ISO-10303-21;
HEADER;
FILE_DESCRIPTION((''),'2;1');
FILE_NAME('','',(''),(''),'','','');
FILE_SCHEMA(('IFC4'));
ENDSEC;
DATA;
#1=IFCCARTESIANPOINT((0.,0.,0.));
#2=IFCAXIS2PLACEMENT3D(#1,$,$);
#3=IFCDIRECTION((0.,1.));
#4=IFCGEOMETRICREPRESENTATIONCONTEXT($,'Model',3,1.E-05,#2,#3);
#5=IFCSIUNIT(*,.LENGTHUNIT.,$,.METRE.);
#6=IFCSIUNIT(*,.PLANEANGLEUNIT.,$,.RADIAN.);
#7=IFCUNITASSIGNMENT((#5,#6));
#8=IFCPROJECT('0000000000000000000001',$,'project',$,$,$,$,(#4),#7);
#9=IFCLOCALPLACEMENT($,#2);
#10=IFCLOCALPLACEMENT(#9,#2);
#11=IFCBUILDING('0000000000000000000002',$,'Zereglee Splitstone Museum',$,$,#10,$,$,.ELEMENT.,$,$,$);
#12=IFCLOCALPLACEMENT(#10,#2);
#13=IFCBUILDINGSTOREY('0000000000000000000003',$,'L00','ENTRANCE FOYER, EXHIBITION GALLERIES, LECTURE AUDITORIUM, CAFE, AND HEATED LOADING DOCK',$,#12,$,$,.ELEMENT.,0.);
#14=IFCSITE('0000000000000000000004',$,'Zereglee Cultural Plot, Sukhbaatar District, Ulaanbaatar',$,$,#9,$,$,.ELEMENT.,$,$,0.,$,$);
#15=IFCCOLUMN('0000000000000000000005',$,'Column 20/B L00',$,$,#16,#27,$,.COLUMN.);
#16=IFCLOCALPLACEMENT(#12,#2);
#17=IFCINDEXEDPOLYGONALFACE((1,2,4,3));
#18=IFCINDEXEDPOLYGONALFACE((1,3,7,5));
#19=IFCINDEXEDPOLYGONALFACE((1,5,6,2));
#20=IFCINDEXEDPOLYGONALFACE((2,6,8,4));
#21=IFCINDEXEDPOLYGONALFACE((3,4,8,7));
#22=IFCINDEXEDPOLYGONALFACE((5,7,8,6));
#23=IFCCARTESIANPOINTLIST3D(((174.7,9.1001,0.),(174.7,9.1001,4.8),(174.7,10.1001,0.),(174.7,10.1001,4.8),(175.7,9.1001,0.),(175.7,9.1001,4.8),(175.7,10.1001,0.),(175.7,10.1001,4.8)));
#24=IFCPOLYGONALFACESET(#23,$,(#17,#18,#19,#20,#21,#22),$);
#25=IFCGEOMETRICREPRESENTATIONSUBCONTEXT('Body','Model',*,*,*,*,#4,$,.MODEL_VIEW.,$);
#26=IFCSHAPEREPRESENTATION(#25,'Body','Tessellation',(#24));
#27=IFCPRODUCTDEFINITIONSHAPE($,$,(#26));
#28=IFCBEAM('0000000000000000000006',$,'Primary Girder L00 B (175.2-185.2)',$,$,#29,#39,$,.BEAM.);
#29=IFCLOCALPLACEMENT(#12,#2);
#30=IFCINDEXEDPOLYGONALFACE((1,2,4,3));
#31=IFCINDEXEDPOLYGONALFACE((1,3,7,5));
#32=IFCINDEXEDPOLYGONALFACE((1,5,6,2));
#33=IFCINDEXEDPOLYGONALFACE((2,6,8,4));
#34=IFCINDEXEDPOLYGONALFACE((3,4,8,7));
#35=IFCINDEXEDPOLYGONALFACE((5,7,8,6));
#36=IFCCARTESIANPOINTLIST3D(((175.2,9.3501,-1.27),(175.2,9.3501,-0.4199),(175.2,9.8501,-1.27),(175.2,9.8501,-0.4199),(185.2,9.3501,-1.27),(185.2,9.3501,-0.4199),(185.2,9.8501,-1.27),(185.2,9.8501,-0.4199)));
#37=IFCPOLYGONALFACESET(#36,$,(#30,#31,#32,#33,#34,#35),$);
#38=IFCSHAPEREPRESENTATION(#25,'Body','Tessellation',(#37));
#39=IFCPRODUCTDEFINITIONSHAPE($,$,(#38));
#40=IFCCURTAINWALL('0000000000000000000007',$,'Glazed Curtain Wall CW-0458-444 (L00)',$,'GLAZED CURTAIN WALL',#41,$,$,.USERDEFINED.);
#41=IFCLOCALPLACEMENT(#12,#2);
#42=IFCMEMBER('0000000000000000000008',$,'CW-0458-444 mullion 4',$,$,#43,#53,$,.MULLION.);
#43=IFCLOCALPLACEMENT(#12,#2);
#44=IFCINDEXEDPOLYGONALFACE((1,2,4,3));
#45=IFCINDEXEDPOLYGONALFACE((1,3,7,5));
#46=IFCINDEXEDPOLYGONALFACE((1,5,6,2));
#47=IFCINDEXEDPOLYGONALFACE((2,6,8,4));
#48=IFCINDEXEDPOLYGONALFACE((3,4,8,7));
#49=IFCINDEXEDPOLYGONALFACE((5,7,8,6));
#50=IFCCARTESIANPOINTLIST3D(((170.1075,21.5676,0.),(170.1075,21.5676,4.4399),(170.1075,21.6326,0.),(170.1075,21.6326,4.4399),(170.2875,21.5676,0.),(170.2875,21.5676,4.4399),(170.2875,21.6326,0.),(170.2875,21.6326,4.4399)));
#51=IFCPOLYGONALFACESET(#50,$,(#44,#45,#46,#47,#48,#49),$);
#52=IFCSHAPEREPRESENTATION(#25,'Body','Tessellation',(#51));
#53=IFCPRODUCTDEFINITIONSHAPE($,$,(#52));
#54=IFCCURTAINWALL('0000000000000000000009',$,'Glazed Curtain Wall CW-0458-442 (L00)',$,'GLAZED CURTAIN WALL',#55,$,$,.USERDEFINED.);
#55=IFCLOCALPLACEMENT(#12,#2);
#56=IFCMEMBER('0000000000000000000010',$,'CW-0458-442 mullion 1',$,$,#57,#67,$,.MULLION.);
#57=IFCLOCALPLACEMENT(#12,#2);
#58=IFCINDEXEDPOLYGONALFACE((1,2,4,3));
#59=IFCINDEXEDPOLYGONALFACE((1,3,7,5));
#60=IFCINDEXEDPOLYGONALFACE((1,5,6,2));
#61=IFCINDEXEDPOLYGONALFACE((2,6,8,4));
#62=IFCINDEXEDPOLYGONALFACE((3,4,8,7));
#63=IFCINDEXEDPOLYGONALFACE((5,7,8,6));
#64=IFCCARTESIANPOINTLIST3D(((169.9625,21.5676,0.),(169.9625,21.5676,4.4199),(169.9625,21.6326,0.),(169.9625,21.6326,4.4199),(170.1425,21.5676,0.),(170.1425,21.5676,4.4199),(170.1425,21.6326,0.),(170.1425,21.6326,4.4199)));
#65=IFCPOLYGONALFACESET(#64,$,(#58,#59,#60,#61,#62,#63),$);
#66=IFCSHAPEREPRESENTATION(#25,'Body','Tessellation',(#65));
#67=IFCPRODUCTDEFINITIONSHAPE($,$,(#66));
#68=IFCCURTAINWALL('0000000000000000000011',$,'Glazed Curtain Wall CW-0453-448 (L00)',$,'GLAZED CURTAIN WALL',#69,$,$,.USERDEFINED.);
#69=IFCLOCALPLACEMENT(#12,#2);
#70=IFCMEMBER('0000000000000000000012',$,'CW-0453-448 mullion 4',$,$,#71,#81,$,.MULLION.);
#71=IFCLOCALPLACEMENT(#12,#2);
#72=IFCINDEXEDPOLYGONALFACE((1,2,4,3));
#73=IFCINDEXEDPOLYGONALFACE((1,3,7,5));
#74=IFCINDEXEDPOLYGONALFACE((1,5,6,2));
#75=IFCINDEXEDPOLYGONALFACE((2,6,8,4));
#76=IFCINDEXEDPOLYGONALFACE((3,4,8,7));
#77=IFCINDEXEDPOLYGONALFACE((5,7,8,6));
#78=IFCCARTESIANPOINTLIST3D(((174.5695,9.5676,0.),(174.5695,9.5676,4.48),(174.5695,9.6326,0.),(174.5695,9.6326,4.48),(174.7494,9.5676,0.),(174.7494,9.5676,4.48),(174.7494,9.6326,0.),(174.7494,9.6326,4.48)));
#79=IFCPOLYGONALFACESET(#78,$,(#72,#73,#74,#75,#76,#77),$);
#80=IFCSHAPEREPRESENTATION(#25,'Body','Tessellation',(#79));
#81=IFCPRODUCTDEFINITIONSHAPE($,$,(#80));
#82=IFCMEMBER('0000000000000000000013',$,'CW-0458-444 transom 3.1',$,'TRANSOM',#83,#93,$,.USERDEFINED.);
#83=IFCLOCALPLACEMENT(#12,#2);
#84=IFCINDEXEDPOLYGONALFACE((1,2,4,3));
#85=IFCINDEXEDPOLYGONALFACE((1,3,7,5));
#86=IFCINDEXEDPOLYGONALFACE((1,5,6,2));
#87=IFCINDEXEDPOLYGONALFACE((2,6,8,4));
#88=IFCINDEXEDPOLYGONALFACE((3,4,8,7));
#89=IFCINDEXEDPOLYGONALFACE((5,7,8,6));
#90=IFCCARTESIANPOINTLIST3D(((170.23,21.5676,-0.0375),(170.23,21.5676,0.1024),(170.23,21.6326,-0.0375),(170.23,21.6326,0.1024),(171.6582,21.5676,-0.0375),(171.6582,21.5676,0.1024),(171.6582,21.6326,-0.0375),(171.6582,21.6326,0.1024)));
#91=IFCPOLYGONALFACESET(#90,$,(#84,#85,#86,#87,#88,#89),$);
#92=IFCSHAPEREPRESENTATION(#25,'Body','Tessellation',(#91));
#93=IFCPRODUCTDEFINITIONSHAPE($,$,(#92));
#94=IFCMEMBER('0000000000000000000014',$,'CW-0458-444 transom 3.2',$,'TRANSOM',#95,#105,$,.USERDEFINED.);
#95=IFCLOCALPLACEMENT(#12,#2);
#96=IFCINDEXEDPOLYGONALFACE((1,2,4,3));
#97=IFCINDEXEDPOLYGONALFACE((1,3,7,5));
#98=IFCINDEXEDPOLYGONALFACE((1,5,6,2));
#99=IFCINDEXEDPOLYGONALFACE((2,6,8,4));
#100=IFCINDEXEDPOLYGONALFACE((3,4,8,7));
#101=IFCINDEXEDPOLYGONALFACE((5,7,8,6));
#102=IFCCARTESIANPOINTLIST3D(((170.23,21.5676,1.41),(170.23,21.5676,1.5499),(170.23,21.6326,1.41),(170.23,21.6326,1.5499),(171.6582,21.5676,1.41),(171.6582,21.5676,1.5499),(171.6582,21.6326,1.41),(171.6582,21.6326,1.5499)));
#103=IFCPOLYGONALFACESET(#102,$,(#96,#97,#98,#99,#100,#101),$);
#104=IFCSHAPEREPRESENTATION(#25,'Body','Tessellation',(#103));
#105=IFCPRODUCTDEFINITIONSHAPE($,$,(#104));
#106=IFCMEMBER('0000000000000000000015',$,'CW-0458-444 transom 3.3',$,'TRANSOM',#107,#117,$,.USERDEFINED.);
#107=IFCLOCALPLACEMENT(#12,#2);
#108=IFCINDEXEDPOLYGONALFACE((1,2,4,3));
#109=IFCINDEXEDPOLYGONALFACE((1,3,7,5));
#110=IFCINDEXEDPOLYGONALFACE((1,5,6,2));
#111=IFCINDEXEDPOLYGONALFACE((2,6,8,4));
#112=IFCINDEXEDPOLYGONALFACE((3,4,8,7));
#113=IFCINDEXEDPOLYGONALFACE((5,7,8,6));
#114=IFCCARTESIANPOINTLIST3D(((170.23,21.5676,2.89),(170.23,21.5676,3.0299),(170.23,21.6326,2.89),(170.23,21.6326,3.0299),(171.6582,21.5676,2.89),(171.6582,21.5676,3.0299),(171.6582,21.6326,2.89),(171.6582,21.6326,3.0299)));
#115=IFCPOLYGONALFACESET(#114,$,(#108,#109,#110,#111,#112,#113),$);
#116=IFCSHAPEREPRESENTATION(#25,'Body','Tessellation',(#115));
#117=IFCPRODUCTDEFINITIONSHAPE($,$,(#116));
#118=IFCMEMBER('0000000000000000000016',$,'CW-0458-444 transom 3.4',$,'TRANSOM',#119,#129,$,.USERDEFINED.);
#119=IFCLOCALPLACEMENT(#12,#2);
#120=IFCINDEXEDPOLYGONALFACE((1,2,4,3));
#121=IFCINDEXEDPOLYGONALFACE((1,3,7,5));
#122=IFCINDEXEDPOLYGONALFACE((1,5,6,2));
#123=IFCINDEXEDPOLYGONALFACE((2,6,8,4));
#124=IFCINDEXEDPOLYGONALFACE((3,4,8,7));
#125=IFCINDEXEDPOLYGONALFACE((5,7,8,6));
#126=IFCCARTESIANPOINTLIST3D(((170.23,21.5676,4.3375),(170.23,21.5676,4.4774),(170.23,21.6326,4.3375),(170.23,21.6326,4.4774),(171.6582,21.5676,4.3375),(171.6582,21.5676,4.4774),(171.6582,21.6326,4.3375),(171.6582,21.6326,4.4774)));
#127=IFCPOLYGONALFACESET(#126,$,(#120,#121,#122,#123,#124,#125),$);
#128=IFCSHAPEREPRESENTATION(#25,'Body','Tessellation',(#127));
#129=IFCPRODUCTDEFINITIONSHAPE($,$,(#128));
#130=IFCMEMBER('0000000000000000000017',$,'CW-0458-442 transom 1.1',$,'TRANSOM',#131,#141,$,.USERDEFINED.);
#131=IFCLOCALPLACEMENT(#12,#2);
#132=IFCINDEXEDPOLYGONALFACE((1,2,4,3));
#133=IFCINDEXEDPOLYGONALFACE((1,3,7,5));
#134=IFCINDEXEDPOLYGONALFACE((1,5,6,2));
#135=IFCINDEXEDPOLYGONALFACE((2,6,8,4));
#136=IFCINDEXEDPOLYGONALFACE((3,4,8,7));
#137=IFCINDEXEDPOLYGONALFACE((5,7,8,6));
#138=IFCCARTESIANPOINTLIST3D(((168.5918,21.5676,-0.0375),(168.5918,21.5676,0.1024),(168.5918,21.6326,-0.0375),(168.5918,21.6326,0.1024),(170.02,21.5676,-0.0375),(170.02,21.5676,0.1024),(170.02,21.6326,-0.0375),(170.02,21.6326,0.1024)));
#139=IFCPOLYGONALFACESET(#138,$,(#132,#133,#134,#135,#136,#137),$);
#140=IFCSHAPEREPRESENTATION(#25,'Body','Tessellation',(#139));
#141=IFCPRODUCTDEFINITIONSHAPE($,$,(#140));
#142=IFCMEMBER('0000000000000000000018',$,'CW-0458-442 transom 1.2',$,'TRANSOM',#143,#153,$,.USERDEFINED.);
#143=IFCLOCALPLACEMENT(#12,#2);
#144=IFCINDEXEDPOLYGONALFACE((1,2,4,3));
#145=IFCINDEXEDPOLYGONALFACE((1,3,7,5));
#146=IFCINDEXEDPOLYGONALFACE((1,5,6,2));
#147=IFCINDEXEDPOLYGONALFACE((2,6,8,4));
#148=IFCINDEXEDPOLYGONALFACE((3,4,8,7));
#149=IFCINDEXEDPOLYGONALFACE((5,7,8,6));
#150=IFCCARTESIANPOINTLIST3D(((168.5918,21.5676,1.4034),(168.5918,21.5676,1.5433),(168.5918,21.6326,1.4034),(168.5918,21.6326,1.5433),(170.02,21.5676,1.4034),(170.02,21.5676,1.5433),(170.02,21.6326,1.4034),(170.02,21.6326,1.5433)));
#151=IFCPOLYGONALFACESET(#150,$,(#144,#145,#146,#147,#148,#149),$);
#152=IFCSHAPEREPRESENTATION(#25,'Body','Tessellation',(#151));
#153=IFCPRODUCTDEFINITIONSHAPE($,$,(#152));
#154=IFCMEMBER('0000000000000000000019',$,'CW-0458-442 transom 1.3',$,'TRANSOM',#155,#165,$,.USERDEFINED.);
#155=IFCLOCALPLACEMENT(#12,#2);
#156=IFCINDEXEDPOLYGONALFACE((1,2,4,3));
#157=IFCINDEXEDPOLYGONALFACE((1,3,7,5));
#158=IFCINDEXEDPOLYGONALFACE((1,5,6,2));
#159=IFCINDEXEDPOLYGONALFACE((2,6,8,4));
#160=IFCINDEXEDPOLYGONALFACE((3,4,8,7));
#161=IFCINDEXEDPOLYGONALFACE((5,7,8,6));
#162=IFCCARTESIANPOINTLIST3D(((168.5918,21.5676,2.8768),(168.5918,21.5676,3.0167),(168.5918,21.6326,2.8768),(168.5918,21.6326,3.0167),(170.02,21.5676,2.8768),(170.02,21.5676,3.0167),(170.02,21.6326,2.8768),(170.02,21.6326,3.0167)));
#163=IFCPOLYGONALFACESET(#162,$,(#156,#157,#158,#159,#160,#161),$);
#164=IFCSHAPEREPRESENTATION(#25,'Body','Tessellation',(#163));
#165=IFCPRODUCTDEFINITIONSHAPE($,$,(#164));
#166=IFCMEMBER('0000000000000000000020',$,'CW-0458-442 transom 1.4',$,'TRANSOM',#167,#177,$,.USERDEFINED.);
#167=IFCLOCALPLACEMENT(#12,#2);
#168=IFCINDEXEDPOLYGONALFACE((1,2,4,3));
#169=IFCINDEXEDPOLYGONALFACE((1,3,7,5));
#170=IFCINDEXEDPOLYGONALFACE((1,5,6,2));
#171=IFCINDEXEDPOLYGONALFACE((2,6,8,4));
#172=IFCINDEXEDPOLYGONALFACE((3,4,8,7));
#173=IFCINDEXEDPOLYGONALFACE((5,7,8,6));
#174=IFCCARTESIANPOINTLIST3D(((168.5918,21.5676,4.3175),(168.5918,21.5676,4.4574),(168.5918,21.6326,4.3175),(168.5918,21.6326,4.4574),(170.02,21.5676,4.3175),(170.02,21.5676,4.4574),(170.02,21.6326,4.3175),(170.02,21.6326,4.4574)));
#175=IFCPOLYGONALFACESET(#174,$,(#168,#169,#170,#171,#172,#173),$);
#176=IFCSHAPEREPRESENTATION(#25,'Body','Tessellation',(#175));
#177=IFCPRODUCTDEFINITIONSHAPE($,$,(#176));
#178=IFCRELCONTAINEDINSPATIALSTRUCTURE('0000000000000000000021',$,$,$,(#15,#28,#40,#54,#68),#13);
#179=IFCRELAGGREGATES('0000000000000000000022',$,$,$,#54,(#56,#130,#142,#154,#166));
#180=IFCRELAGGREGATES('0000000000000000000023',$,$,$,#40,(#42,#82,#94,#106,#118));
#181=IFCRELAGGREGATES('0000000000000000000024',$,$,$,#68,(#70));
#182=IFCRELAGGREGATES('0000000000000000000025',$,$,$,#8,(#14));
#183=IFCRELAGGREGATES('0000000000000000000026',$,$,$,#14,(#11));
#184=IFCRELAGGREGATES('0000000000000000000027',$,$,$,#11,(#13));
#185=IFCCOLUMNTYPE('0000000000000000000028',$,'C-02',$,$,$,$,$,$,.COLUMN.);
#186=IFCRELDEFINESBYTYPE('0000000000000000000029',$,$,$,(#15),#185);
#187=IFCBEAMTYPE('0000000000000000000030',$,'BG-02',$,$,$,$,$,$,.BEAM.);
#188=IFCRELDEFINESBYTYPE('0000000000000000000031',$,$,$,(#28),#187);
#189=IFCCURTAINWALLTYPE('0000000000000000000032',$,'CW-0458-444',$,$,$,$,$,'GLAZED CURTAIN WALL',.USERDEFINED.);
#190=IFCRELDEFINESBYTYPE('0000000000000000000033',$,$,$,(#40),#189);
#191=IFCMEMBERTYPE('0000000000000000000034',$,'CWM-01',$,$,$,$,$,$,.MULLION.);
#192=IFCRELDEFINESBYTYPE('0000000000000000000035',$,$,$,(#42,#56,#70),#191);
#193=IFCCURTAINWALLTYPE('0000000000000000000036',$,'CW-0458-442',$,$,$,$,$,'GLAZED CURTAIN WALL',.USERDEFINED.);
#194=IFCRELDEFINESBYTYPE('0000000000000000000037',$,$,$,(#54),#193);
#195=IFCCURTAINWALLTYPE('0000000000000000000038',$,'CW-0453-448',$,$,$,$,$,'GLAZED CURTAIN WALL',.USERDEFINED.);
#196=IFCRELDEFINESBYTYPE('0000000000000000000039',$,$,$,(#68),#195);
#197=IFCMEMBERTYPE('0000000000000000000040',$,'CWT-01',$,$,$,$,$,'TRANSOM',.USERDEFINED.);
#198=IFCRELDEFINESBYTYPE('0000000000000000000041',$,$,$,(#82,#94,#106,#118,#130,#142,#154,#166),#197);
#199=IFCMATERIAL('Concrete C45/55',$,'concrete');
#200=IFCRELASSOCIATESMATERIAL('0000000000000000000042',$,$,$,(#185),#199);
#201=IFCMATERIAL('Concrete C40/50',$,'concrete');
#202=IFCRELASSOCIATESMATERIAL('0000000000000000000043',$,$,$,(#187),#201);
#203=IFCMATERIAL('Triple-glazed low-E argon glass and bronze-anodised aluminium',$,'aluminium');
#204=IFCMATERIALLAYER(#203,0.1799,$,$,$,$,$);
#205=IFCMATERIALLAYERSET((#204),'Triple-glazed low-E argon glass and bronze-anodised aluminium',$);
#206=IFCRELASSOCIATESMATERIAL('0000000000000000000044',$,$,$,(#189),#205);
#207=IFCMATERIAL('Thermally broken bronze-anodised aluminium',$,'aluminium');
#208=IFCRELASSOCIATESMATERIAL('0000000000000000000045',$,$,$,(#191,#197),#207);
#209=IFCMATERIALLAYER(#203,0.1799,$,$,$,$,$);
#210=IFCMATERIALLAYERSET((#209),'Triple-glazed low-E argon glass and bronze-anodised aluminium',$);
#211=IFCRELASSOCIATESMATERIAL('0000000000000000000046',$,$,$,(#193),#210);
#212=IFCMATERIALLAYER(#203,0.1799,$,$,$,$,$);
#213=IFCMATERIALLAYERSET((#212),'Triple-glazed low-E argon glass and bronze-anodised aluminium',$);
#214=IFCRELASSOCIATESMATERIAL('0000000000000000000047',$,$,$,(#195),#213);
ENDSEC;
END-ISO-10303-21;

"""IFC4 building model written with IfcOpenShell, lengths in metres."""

from ifc_helpers import new_model, si_unit, direction, frame, origin, origin_2d, place, context, subcontext, project, spatial, rectangle, extrude, material, layer, layer_set, material_profile, profile_set, type_object, element, aggregate, save


model = new_model("IFC4")

# Units and contexts
model_context = context("Model", 3, precision=1e-05, world=origin(), true_north=direction((0.0, 1.0)))
body_context = subcontext(model_context, "Body", "Model", "MODEL_VIEW")
ifc_project = project(units=[si_unit("LENGTHUNIT", "METRE"), si_unit("PLANEANGLEUNIT", "RADIAN")], contexts=[model_context])

# Site, building, storey
site_placement = place(None, origin())
site = spatial("IfcSite", under=ifc_project, at=site_placement, Name="Zereglee Cultural Plot, Sukhbaatar District, Ulaanbaatar", CompositionType="ELEMENT", RefElevation=0.0)
building_placement = place(site_placement, origin())
building = spatial("IfcBuilding", under=site, at=building_placement, Name="Zereglee Splitstone Museum", CompositionType="ELEMENT")
storey_placement = place(building_placement, origin())
storey = spatial("IfcBuildingStorey", under=building, at=storey_placement, Name="L00", Description="ENTRANCE FOYER, EXHIBITION GALLERIES, LECTURE AUDITORIUM, CAFE, AND HEATED LOADING DOCK", CompositionType="ELEMENT", Elevation=0.0)

# Column
ifc_material_1 = material(Name="Concrete C45/55", Category="concrete")
ifc_material_profile_1 = material_profile(ifc_material_1, rectangle(XDim=1.0, YDim=1.0, at=origin_2d()), Name="RC 1000x1000")
ifc_profile_set_1 = profile_set([ifc_material_profile_1], Name="Concrete C45/55")
column_type = type_object("IfcColumnType", Name="C-02", PredefinedType="COLUMN", material=ifc_profile_set_1)
column_placement = place(storey_placement, frame((175.2, 9.6001, 0.0), z_axis=(0.0, 0.0, 1.0), x_axis=(1.0, 0.0, 0.0)))
element("IfcColumn", 1, at=column_placement, inside=storey, type_object=column_type, Name="Column 20/B L00", PredefinedType="COLUMN", context=body_context, shape_type="SweptSolid", body=[
    extrude(rectangle(XDim=1.0, YDim=1.0, at=origin_2d()), origin(), (0.0, 0.0, 1.0), 4.8),
])

# Beam
ifc_material_2 = material(Name="Concrete C40/50", Category="concrete")
ifc_material_profile_2 = material_profile(ifc_material_2, rectangle(XDim=0.5, YDim=0.8501, at=origin_2d()), Name="RC 500x850")
ifc_profile_set_2 = profile_set([ifc_material_profile_2], Name="Concrete C40/50")
beam_type_1 = type_object("IfcBeamType", Name="BG-02", PredefinedType="BEAM", material=ifc_profile_set_2)
beam_1_placement = place(storey_placement, frame((175.2, 9.6001, -0.845), z_axis=(1.0, 0.0, 0.0), x_axis=(0.0, 1.0, 0.0)))
element("IfcBeam", 2, at=beam_1_placement, inside=storey, type_object=beam_type_1, Name="Primary Girder L00 B (175.2-185.2)", PredefinedType="BEAM", context=body_context, shape_type="SweptSolid", body=[
    extrude(rectangle(XDim=0.5, YDim=0.8501, at=origin_2d()), origin(), (0.0, 0.0, 1.0), 10.0),
])

# Curtain walls, members
ifc_material_3 = material(Name="Triple-glazed low-E argon glass and bronze-anodised aluminium", Category="aluminium")
ifc_layer_1 = layer(ifc_material_3, 0.1799)
ifc_layer_set_1 = layer_set([ifc_layer_1], Name="Triple-glazed low-E argon glass and bronze-anodised aluminium")
curtain_wall_type_1 = type_object("IfcCurtainWallType", Name="CW-0458-444", ElementType="GLAZED CURTAIN WALL", PredefinedType="USERDEFINED", material=ifc_layer_set_1)
curtain_wall_1_placement = place(storey_placement, origin())
curtain_wall_1 = element("IfcCurtainWall", 3, at=curtain_wall_1_placement, inside=storey, type_object=curtain_wall_type_1, Name="Glazed Curtain Wall CW-0458-444 (L00)", ObjectType="GLAZED CURTAIN WALL", PredefinedType="USERDEFINED")
ifc_material_4 = material(Name="Thermally broken bronze-anodised aluminium", Category="aluminium")
ifc_material_profile_3 = material_profile(ifc_material_4, rectangle(XDim=0.0649, YDim=0.1799, at=origin_2d()), Name="CW MULL 65x180")
ifc_profile_set_3 = profile_set([ifc_material_profile_3], Name="Thermally broken bronze-anodised aluminium")
member_type_1 = type_object("IfcMemberType", Name="CWM-01", PredefinedType="MULLION", material=ifc_profile_set_3)
member_1_placement = place(storey_placement, frame((170.1975, 21.6001, 0.0), z_axis=(0.0, 0.0, 1.0), x_axis=(0.0, -1.0, 0.0)))
member_1 = element("IfcMember", 4, at=member_1_placement, type_object=member_type_1, Name="CW-0458-444 mullion 4", PredefinedType="MULLION", context=body_context, shape_type="SweptSolid", body=[
    extrude(rectangle(XDim=0.0649, YDim=0.1799, at=origin_2d()), origin(), (0.0, 0.0, 1.0), 4.4399),
])
ifc_layer_2 = layer(ifc_material_3, 0.1799)
ifc_layer_set_2 = layer_set([ifc_layer_2], Name="Triple-glazed low-E argon glass and bronze-anodised aluminium")
curtain_wall_type_2 = type_object("IfcCurtainWallType", Name="CW-0458-442", ElementType="GLAZED CURTAIN WALL", PredefinedType="USERDEFINED", material=ifc_layer_set_2)
curtain_wall_2_placement = place(storey_placement, origin())
curtain_wall_2 = element("IfcCurtainWall", 5, at=curtain_wall_2_placement, inside=storey, type_object=curtain_wall_type_2, Name="Glazed Curtain Wall CW-0458-442 (L00)", ObjectType="GLAZED CURTAIN WALL", PredefinedType="USERDEFINED")
member_2_placement = place(storey_placement, frame((170.0525, 21.6001, 0.0), z_axis=(0.0, 0.0, 1.0), x_axis=(0.0, -1.0, 0.0)))
member_2 = element("IfcMember", 6, at=member_2_placement, type_object=member_type_1, Name="CW-0458-442 mullion 1", PredefinedType="MULLION", context=body_context, shape_type="SweptSolid", body=[
    extrude(rectangle(XDim=0.0649, YDim=0.1799, at=origin_2d()), origin(), (0.0, 0.0, 1.0), 4.4199),
])
ifc_layer_3 = layer(ifc_material_3, 0.1799)
ifc_layer_set_3 = layer_set([ifc_layer_3], Name="Triple-glazed low-E argon glass and bronze-anodised aluminium")
curtain_wall_type_3 = type_object("IfcCurtainWallType", Name="CW-0453-448", ElementType="GLAZED CURTAIN WALL", PredefinedType="USERDEFINED", material=ifc_layer_set_3)
curtain_wall_3_placement = place(storey_placement, origin())
curtain_wall_3 = element("IfcCurtainWall", 7, at=curtain_wall_3_placement, inside=storey, type_object=curtain_wall_type_3, Name="Glazed Curtain Wall CW-0453-448 (L00)", ObjectType="GLAZED CURTAIN WALL", PredefinedType="USERDEFINED")
member_3_placement = place(storey_placement, frame((174.6594, 9.6001, 0.0), z_axis=(0.0, 0.0, 1.0), x_axis=(0.0, 1.0, 0.0)))
member_3 = element("IfcMember", 8, at=member_3_placement, type_object=member_type_1, Name="CW-0453-448 mullion 4", PredefinedType="MULLION", context=body_context, shape_type="SweptSolid", body=[
    extrude(rectangle(XDim=0.0649, YDim=0.1799, at=origin_2d()), origin(), (0.0, 0.0, 1.0), 4.48),
])

# Members
ifc_material_profile_4 = material_profile(ifc_material_4, rectangle(XDim=0.0649, YDim=0.1399, at=origin_2d()), Name="CW TRAN 65x140")
ifc_profile_set_4 = profile_set([ifc_material_profile_4], Name="Thermally broken bronze-anodised aluminium")
member_type_2 = type_object("IfcMemberType", Name="CWT-01", ElementType="TRANSOM", PredefinedType="USERDEFINED", material=ifc_profile_set_4)
member_4_placement = place(storey_placement, frame((171.6582, 21.6001, 0.0325), z_axis=(-1.0, 0.0, 0.0), x_axis=(0.0, -1.0, 0.0)))
member_4 = element("IfcMember", 9, at=member_4_placement, type_object=member_type_2, Name="CW-0458-444 transom 3.1", ObjectType="TRANSOM", PredefinedType="USERDEFINED", context=body_context, shape_type="SweptSolid", body=[
    extrude(rectangle(XDim=0.0649, YDim=0.1399, at=origin_2d()), origin(), (0.0, 0.0, 1.0), 1.4282),
])
member_5_placement = place(storey_placement, frame((171.6582, 21.6001, 1.48), z_axis=(-1.0, 0.0, 0.0), x_axis=(0.0, -1.0, 0.0)))
member_5 = element("IfcMember", 10, at=member_5_placement, type_object=member_type_2, Name="CW-0458-444 transom 3.2", ObjectType="TRANSOM", PredefinedType="USERDEFINED", context=body_context, shape_type="SweptSolid", body=[
    extrude(rectangle(XDim=0.0649, YDim=0.1399, at=origin_2d()), origin(), (0.0, 0.0, 1.0), 1.4282),
])
member_6_placement = place(storey_placement, frame((171.6582, 21.6001, 2.96), z_axis=(-1.0, 0.0, 0.0), x_axis=(0.0, -1.0, 0.0)))
member_6 = element("IfcMember", 11, at=member_6_placement, type_object=member_type_2, Name="CW-0458-444 transom 3.3", ObjectType="TRANSOM", PredefinedType="USERDEFINED", context=body_context, shape_type="SweptSolid", body=[
    extrude(rectangle(XDim=0.0649, YDim=0.1399, at=origin_2d()), origin(), (0.0, 0.0, 1.0), 1.4282),
])
member_7_placement = place(storey_placement, frame((171.6582, 21.6001, 4.4075), z_axis=(-1.0, 0.0, 0.0), x_axis=(0.0, -1.0, 0.0)))
member_7 = element("IfcMember", 12, at=member_7_placement, type_object=member_type_2, Name="CW-0458-444 transom 3.4", ObjectType="TRANSOM", PredefinedType="USERDEFINED", context=body_context, shape_type="SweptSolid", body=[
    extrude(rectangle(XDim=0.0649, YDim=0.1399, at=origin_2d()), origin(), (0.0, 0.0, 1.0), 1.4282),
])
member_8_placement = place(storey_placement, frame((170.02, 21.6001, 0.0325), z_axis=(-1.0, 0.0, 0.0), x_axis=(0.0, -1.0, 0.0)))
member_8 = element("IfcMember", 13, at=member_8_placement, type_object=member_type_2, Name="CW-0458-442 transom 1.1", ObjectType="TRANSOM", PredefinedType="USERDEFINED", context=body_context, shape_type="SweptSolid", body=[
    extrude(rectangle(XDim=0.0649, YDim=0.1399, at=origin_2d()), origin(), (0.0, 0.0, 1.0), 1.4282),
])
member_9_placement = place(storey_placement, frame((170.02, 21.6001, 1.4734), z_axis=(-1.0, 0.0, 0.0), x_axis=(0.0, -1.0, 0.0)))
member_9 = element("IfcMember", 14, at=member_9_placement, type_object=member_type_2, Name="CW-0458-442 transom 1.2", ObjectType="TRANSOM", PredefinedType="USERDEFINED", context=body_context, shape_type="SweptSolid", body=[
    extrude(rectangle(XDim=0.0649, YDim=0.1399, at=origin_2d()), origin(), (0.0, 0.0, 1.0), 1.4282),
])
member_10_placement = place(storey_placement, frame((170.02, 21.6001, 2.9468), z_axis=(-1.0, 0.0, 0.0), x_axis=(0.0, -1.0, 0.0)))
member_10 = element("IfcMember", 15, at=member_10_placement, type_object=member_type_2, Name="CW-0458-442 transom 1.3", ObjectType="TRANSOM", PredefinedType="USERDEFINED", context=body_context, shape_type="SweptSolid", body=[
    extrude(rectangle(XDim=0.0649, YDim=0.1399, at=origin_2d()), origin(), (0.0, 0.0, 1.0), 1.4282),
])
member_11_placement = place(storey_placement, frame((170.02, 21.6001, 4.3875), z_axis=(-1.0, 0.0, 0.0), x_axis=(0.0, -1.0, 0.0)))
member_11 = element("IfcMember", 16, at=member_11_placement, type_object=member_type_2, Name="CW-0458-442 transom 1.4", ObjectType="TRANSOM", PredefinedType="USERDEFINED", context=body_context, shape_type="SweptSolid", body=[
    extrude(rectangle(XDim=0.0649, YDim=0.1399, at=origin_2d()), origin(), (0.0, 0.0, 1.0), 1.4282),
])
aggregate(curtain_wall_2, [member_2, member_8, member_9, member_10, member_11])

aggregate(curtain_wall_1, [member_1, member_4, member_5, member_6, member_7])
aggregate(curtain_wall_3, [member_3])

save(model, "model.ifc")
